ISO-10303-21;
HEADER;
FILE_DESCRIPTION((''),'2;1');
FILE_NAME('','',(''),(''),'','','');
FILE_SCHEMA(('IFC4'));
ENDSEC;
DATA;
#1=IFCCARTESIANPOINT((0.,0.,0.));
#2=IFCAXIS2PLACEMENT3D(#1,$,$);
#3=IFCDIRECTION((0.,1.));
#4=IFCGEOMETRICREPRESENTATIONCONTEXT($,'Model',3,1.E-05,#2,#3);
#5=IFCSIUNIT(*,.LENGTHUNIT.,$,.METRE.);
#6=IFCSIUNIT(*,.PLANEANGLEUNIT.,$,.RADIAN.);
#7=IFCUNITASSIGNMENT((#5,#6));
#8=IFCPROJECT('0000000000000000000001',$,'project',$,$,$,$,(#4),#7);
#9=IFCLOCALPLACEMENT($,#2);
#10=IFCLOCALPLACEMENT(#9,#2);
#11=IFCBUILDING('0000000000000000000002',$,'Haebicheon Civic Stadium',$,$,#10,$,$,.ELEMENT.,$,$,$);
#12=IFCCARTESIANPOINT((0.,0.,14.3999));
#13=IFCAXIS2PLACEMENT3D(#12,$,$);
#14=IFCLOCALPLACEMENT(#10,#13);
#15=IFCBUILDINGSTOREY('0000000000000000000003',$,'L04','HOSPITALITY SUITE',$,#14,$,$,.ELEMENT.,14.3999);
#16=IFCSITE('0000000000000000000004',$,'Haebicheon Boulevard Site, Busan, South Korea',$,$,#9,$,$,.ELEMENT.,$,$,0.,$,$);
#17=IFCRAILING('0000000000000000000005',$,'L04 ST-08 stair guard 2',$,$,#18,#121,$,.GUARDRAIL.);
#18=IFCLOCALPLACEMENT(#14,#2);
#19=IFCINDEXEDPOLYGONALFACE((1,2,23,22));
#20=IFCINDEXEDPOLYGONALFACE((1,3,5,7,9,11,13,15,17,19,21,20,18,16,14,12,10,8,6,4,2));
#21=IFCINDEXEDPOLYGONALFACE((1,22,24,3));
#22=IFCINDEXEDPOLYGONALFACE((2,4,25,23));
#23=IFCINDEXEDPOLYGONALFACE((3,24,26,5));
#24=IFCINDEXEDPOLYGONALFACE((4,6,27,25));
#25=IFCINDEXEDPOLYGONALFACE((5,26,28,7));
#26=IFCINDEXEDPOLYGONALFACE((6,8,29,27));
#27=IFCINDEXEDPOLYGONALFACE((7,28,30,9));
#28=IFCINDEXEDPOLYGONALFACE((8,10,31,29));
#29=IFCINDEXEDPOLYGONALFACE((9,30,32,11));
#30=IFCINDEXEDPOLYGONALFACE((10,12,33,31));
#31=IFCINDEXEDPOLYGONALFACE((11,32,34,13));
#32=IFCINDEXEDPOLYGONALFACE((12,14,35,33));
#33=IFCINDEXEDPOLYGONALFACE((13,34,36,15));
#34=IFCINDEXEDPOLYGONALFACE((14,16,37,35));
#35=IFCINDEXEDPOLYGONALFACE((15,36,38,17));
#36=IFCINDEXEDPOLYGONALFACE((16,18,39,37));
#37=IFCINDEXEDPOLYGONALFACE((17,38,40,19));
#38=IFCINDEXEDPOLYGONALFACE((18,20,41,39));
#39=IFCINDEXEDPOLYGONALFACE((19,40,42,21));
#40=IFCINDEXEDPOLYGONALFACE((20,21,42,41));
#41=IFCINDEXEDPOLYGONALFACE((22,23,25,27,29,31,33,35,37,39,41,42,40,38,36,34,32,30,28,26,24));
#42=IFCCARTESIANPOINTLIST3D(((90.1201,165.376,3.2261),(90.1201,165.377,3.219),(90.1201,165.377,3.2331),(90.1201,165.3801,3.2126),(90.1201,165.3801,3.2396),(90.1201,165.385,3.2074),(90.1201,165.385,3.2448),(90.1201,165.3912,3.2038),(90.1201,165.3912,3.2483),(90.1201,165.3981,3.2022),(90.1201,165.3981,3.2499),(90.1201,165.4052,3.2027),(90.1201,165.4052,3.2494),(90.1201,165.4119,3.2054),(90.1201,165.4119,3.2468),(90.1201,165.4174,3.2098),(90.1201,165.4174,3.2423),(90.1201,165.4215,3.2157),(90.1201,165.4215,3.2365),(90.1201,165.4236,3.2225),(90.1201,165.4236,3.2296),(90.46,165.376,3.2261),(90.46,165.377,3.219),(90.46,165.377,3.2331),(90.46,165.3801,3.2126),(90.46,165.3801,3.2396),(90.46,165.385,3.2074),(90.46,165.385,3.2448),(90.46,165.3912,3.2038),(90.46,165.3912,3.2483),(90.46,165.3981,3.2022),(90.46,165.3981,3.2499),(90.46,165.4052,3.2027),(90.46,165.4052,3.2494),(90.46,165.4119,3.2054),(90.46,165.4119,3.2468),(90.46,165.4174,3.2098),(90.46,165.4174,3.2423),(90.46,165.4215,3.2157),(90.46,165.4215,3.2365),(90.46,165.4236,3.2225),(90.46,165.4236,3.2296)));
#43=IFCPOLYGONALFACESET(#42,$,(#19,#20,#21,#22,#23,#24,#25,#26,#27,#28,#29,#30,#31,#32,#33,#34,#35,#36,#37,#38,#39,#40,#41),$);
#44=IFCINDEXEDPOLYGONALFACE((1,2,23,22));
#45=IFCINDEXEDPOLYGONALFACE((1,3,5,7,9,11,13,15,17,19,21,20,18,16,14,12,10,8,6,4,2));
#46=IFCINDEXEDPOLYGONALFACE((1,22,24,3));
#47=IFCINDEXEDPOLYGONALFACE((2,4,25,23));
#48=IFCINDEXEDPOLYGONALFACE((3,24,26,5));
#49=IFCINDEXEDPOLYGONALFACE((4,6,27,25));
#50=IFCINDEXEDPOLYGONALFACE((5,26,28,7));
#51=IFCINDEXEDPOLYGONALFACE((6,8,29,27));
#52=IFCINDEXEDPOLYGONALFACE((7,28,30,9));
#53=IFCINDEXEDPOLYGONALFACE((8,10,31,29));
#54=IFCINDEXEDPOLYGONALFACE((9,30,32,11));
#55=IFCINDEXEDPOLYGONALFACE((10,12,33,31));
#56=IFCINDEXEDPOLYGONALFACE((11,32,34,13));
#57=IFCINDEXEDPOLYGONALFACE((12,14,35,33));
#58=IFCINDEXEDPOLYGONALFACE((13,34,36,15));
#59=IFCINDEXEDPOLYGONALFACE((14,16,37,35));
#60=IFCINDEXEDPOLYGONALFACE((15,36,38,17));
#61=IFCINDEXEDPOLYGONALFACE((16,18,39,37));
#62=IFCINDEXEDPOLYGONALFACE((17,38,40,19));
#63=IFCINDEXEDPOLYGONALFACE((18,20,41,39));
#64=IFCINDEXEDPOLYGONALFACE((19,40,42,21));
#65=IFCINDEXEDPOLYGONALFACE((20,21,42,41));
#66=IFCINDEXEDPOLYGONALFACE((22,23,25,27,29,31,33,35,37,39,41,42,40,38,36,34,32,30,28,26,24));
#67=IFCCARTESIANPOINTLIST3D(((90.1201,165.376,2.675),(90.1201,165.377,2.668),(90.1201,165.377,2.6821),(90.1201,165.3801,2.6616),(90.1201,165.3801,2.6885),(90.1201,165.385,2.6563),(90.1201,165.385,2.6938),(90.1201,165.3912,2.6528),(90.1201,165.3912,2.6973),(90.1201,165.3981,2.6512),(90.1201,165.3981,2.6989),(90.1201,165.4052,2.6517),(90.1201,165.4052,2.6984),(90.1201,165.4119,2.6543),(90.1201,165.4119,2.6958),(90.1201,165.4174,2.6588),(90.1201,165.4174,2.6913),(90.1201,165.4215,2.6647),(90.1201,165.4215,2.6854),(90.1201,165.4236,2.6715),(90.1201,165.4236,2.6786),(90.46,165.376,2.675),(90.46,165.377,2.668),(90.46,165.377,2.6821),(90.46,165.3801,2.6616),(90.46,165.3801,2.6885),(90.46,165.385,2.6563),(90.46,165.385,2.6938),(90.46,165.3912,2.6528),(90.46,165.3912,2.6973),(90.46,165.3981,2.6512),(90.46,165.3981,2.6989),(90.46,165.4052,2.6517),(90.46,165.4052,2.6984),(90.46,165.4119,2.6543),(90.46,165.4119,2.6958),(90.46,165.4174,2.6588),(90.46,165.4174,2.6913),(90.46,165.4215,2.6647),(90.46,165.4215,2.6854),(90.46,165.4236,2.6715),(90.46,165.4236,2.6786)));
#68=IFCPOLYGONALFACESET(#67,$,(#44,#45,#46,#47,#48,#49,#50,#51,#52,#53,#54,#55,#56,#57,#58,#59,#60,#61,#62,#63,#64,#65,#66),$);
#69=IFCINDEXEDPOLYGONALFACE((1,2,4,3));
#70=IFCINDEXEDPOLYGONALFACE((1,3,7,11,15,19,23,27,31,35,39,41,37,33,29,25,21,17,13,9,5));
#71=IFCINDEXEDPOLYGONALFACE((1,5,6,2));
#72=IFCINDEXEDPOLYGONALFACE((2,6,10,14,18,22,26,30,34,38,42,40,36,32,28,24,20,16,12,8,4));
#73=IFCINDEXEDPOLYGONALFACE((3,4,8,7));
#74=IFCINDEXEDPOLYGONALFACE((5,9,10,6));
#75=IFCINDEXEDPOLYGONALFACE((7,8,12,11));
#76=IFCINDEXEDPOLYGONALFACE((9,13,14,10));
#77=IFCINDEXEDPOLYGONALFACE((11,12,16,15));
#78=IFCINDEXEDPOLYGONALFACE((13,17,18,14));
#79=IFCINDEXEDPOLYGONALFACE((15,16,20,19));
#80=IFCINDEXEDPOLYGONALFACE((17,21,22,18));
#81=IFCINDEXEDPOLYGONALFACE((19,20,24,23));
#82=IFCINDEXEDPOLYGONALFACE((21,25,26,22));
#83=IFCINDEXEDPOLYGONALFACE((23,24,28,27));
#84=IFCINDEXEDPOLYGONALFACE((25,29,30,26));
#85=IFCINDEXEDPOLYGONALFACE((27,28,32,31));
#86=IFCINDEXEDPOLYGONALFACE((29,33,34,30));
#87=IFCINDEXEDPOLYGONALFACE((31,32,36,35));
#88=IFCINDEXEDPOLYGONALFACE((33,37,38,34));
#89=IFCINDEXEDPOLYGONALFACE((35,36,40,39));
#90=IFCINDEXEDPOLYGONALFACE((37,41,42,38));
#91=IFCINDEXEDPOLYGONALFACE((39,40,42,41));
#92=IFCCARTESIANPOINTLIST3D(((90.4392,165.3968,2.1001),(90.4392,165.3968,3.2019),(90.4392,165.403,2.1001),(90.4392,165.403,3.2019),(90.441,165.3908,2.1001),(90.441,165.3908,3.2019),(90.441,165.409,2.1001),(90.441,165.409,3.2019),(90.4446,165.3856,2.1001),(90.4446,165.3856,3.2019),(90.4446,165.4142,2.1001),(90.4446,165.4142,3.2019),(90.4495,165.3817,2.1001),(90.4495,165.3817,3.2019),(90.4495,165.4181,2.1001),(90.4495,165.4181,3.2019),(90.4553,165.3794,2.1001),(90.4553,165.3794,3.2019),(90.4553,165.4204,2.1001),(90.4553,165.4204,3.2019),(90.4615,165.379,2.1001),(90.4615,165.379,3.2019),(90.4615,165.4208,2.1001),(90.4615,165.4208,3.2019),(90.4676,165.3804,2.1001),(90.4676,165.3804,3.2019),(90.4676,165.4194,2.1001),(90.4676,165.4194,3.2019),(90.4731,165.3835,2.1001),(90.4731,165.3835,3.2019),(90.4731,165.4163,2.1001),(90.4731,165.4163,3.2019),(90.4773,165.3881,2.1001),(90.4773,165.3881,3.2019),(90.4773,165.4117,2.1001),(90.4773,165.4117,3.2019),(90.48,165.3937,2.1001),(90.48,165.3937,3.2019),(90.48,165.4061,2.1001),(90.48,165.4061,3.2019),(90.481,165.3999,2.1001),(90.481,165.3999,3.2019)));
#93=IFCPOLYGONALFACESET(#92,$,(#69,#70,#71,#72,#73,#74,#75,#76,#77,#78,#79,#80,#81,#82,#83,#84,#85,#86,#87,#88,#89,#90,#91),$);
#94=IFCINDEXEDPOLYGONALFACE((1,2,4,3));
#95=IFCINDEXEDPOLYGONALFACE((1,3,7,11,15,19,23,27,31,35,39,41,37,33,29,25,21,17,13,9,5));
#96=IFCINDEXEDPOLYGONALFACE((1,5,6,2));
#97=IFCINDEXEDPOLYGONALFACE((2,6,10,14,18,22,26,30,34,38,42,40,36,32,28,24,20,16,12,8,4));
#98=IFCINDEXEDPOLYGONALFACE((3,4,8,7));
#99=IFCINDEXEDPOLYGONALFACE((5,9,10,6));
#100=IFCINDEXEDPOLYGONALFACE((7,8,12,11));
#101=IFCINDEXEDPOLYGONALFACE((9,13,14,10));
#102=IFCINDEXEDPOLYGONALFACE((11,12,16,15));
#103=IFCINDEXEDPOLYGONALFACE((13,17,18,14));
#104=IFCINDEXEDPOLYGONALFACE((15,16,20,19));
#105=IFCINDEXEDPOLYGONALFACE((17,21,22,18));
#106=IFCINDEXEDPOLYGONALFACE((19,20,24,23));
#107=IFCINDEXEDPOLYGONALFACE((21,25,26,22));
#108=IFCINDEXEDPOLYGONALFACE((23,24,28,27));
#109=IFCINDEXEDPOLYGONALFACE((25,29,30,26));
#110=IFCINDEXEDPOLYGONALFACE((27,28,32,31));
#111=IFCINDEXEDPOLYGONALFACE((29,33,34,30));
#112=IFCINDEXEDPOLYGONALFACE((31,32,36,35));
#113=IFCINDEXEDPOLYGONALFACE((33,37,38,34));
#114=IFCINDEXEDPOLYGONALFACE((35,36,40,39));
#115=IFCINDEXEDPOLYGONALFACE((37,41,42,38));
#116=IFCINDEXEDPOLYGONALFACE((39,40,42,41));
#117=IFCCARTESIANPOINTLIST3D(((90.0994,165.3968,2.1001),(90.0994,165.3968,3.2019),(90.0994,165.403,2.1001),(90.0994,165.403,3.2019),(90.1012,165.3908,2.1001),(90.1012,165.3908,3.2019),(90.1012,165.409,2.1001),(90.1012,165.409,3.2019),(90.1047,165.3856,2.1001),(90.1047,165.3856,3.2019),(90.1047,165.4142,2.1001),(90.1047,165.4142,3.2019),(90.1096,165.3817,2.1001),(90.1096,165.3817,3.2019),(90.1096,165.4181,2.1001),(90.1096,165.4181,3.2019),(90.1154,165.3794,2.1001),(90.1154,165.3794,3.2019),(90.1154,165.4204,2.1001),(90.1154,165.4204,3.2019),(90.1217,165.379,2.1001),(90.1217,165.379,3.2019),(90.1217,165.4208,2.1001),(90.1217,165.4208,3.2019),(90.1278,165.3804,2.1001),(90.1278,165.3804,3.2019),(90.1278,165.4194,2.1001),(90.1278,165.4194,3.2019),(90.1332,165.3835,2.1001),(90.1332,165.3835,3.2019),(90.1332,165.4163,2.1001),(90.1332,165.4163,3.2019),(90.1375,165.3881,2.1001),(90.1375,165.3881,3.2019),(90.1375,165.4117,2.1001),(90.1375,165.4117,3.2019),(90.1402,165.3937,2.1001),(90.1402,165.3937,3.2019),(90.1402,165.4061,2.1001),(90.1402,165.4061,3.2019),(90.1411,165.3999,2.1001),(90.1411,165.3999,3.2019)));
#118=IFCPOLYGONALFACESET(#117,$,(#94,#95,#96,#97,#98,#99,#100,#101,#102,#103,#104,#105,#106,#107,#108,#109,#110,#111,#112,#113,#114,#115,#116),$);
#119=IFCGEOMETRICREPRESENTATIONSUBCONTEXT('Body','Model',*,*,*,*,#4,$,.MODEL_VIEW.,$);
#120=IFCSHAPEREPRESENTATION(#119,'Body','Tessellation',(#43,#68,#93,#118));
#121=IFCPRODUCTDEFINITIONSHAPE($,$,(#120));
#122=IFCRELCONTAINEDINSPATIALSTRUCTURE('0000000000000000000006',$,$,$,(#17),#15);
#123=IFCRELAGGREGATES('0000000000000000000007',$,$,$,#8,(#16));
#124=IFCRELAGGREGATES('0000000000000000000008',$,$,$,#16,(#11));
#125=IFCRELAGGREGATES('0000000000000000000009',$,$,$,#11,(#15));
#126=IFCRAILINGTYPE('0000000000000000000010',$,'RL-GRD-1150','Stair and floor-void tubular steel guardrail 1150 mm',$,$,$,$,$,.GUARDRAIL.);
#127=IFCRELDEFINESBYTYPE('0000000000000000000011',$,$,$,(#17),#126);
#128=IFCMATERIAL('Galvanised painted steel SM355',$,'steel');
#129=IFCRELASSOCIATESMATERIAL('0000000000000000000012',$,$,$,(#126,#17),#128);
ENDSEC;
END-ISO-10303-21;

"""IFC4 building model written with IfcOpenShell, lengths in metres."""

from ifc_helpers import new_model, si_unit, direction, frame, origin, origin_2d, place, context, subcontext, project, spatial, circle, extrude, material, type_object, element, save


model = new_model("IFC4")

# Units and contexts
model_context = context("Model", 3, precision=1e-05, world=origin(), true_north=direction((0.0, 1.0)))
body_context = subcontext(model_context, "Body", "Model", "MODEL_VIEW")
ifc_project = project(units=[si_unit("LENGTHUNIT", "METRE"), si_unit("PLANEANGLEUNIT", "RADIAN")], contexts=[model_context])

# Site, building, storey
site_placement = place(None, origin())
site = spatial("IfcSite", under=ifc_project, at=site_placement, Name="Haebicheon Boulevard Site, Busan, South Korea", CompositionType="ELEMENT", RefElevation=0.0)
building_placement = place(site_placement, origin())
building = spatial("IfcBuilding", under=site, at=building_placement, Name="Haebicheon Civic Stadium", CompositionType="ELEMENT")
storey_placement = place(building_placement, frame((0.0, 0.0, 14.3999)))
storey = spatial("IfcBuildingStorey", under=building, at=storey_placement, Name="L04", Description="HOSPITALITY SUITE", CompositionType="ELEMENT", Elevation=14.3999)

# Railing
ifc_material_1 = material(Name="Galvanised painted steel SM355", Category="steel")
railing_type_1 = type_object("IfcRailingType", Name="RL-GRD-1150", Description="Stair and floor-void tubular steel guardrail 1150 mm", PredefinedType="GUARDRAIL", material=ifc_material_1)
railing_1_placement = place(storey_placement, frame((90.46, 165.3999, 2.1001)))
element("IfcRailing", 1, at=railing_1_placement, inside=storey, type_object=railing_type_1, material=ifc_material_1, Name="L04 ST-08 stair guard 2", PredefinedType="GUARDRAIL", context=body_context, shape_type="SweptSolid", body=[
    extrude(circle(Radius=0.0239, at=origin_2d()), frame((0.0, 0.0, 1.126), z_axis=(-1.0, 0.0, 0.0), x_axis=(0.0, -1.0, 0.0)), (0.0, 0.0, 1.0), 0.3398),
    extrude(circle(Radius=0.0239, at=origin_2d()), frame((0.0, 0.0, 0.575), z_axis=(-1.0, 0.0, 0.0), x_axis=(0.0, -1.0, 0.0)), (0.0, 0.0, 1.0), 0.3398),
    extrude(circle(Radius=0.021, at=origin_2d()), origin(), (0.0, 0.0, 1.0), 1.1018),
    extrude(circle(Radius=0.021, at=origin_2d()), frame((-0.3398, 0.0, 0.0)), (0.0, 0.0, 1.0), 1.1018),
])

save(model, "model.ifc")
